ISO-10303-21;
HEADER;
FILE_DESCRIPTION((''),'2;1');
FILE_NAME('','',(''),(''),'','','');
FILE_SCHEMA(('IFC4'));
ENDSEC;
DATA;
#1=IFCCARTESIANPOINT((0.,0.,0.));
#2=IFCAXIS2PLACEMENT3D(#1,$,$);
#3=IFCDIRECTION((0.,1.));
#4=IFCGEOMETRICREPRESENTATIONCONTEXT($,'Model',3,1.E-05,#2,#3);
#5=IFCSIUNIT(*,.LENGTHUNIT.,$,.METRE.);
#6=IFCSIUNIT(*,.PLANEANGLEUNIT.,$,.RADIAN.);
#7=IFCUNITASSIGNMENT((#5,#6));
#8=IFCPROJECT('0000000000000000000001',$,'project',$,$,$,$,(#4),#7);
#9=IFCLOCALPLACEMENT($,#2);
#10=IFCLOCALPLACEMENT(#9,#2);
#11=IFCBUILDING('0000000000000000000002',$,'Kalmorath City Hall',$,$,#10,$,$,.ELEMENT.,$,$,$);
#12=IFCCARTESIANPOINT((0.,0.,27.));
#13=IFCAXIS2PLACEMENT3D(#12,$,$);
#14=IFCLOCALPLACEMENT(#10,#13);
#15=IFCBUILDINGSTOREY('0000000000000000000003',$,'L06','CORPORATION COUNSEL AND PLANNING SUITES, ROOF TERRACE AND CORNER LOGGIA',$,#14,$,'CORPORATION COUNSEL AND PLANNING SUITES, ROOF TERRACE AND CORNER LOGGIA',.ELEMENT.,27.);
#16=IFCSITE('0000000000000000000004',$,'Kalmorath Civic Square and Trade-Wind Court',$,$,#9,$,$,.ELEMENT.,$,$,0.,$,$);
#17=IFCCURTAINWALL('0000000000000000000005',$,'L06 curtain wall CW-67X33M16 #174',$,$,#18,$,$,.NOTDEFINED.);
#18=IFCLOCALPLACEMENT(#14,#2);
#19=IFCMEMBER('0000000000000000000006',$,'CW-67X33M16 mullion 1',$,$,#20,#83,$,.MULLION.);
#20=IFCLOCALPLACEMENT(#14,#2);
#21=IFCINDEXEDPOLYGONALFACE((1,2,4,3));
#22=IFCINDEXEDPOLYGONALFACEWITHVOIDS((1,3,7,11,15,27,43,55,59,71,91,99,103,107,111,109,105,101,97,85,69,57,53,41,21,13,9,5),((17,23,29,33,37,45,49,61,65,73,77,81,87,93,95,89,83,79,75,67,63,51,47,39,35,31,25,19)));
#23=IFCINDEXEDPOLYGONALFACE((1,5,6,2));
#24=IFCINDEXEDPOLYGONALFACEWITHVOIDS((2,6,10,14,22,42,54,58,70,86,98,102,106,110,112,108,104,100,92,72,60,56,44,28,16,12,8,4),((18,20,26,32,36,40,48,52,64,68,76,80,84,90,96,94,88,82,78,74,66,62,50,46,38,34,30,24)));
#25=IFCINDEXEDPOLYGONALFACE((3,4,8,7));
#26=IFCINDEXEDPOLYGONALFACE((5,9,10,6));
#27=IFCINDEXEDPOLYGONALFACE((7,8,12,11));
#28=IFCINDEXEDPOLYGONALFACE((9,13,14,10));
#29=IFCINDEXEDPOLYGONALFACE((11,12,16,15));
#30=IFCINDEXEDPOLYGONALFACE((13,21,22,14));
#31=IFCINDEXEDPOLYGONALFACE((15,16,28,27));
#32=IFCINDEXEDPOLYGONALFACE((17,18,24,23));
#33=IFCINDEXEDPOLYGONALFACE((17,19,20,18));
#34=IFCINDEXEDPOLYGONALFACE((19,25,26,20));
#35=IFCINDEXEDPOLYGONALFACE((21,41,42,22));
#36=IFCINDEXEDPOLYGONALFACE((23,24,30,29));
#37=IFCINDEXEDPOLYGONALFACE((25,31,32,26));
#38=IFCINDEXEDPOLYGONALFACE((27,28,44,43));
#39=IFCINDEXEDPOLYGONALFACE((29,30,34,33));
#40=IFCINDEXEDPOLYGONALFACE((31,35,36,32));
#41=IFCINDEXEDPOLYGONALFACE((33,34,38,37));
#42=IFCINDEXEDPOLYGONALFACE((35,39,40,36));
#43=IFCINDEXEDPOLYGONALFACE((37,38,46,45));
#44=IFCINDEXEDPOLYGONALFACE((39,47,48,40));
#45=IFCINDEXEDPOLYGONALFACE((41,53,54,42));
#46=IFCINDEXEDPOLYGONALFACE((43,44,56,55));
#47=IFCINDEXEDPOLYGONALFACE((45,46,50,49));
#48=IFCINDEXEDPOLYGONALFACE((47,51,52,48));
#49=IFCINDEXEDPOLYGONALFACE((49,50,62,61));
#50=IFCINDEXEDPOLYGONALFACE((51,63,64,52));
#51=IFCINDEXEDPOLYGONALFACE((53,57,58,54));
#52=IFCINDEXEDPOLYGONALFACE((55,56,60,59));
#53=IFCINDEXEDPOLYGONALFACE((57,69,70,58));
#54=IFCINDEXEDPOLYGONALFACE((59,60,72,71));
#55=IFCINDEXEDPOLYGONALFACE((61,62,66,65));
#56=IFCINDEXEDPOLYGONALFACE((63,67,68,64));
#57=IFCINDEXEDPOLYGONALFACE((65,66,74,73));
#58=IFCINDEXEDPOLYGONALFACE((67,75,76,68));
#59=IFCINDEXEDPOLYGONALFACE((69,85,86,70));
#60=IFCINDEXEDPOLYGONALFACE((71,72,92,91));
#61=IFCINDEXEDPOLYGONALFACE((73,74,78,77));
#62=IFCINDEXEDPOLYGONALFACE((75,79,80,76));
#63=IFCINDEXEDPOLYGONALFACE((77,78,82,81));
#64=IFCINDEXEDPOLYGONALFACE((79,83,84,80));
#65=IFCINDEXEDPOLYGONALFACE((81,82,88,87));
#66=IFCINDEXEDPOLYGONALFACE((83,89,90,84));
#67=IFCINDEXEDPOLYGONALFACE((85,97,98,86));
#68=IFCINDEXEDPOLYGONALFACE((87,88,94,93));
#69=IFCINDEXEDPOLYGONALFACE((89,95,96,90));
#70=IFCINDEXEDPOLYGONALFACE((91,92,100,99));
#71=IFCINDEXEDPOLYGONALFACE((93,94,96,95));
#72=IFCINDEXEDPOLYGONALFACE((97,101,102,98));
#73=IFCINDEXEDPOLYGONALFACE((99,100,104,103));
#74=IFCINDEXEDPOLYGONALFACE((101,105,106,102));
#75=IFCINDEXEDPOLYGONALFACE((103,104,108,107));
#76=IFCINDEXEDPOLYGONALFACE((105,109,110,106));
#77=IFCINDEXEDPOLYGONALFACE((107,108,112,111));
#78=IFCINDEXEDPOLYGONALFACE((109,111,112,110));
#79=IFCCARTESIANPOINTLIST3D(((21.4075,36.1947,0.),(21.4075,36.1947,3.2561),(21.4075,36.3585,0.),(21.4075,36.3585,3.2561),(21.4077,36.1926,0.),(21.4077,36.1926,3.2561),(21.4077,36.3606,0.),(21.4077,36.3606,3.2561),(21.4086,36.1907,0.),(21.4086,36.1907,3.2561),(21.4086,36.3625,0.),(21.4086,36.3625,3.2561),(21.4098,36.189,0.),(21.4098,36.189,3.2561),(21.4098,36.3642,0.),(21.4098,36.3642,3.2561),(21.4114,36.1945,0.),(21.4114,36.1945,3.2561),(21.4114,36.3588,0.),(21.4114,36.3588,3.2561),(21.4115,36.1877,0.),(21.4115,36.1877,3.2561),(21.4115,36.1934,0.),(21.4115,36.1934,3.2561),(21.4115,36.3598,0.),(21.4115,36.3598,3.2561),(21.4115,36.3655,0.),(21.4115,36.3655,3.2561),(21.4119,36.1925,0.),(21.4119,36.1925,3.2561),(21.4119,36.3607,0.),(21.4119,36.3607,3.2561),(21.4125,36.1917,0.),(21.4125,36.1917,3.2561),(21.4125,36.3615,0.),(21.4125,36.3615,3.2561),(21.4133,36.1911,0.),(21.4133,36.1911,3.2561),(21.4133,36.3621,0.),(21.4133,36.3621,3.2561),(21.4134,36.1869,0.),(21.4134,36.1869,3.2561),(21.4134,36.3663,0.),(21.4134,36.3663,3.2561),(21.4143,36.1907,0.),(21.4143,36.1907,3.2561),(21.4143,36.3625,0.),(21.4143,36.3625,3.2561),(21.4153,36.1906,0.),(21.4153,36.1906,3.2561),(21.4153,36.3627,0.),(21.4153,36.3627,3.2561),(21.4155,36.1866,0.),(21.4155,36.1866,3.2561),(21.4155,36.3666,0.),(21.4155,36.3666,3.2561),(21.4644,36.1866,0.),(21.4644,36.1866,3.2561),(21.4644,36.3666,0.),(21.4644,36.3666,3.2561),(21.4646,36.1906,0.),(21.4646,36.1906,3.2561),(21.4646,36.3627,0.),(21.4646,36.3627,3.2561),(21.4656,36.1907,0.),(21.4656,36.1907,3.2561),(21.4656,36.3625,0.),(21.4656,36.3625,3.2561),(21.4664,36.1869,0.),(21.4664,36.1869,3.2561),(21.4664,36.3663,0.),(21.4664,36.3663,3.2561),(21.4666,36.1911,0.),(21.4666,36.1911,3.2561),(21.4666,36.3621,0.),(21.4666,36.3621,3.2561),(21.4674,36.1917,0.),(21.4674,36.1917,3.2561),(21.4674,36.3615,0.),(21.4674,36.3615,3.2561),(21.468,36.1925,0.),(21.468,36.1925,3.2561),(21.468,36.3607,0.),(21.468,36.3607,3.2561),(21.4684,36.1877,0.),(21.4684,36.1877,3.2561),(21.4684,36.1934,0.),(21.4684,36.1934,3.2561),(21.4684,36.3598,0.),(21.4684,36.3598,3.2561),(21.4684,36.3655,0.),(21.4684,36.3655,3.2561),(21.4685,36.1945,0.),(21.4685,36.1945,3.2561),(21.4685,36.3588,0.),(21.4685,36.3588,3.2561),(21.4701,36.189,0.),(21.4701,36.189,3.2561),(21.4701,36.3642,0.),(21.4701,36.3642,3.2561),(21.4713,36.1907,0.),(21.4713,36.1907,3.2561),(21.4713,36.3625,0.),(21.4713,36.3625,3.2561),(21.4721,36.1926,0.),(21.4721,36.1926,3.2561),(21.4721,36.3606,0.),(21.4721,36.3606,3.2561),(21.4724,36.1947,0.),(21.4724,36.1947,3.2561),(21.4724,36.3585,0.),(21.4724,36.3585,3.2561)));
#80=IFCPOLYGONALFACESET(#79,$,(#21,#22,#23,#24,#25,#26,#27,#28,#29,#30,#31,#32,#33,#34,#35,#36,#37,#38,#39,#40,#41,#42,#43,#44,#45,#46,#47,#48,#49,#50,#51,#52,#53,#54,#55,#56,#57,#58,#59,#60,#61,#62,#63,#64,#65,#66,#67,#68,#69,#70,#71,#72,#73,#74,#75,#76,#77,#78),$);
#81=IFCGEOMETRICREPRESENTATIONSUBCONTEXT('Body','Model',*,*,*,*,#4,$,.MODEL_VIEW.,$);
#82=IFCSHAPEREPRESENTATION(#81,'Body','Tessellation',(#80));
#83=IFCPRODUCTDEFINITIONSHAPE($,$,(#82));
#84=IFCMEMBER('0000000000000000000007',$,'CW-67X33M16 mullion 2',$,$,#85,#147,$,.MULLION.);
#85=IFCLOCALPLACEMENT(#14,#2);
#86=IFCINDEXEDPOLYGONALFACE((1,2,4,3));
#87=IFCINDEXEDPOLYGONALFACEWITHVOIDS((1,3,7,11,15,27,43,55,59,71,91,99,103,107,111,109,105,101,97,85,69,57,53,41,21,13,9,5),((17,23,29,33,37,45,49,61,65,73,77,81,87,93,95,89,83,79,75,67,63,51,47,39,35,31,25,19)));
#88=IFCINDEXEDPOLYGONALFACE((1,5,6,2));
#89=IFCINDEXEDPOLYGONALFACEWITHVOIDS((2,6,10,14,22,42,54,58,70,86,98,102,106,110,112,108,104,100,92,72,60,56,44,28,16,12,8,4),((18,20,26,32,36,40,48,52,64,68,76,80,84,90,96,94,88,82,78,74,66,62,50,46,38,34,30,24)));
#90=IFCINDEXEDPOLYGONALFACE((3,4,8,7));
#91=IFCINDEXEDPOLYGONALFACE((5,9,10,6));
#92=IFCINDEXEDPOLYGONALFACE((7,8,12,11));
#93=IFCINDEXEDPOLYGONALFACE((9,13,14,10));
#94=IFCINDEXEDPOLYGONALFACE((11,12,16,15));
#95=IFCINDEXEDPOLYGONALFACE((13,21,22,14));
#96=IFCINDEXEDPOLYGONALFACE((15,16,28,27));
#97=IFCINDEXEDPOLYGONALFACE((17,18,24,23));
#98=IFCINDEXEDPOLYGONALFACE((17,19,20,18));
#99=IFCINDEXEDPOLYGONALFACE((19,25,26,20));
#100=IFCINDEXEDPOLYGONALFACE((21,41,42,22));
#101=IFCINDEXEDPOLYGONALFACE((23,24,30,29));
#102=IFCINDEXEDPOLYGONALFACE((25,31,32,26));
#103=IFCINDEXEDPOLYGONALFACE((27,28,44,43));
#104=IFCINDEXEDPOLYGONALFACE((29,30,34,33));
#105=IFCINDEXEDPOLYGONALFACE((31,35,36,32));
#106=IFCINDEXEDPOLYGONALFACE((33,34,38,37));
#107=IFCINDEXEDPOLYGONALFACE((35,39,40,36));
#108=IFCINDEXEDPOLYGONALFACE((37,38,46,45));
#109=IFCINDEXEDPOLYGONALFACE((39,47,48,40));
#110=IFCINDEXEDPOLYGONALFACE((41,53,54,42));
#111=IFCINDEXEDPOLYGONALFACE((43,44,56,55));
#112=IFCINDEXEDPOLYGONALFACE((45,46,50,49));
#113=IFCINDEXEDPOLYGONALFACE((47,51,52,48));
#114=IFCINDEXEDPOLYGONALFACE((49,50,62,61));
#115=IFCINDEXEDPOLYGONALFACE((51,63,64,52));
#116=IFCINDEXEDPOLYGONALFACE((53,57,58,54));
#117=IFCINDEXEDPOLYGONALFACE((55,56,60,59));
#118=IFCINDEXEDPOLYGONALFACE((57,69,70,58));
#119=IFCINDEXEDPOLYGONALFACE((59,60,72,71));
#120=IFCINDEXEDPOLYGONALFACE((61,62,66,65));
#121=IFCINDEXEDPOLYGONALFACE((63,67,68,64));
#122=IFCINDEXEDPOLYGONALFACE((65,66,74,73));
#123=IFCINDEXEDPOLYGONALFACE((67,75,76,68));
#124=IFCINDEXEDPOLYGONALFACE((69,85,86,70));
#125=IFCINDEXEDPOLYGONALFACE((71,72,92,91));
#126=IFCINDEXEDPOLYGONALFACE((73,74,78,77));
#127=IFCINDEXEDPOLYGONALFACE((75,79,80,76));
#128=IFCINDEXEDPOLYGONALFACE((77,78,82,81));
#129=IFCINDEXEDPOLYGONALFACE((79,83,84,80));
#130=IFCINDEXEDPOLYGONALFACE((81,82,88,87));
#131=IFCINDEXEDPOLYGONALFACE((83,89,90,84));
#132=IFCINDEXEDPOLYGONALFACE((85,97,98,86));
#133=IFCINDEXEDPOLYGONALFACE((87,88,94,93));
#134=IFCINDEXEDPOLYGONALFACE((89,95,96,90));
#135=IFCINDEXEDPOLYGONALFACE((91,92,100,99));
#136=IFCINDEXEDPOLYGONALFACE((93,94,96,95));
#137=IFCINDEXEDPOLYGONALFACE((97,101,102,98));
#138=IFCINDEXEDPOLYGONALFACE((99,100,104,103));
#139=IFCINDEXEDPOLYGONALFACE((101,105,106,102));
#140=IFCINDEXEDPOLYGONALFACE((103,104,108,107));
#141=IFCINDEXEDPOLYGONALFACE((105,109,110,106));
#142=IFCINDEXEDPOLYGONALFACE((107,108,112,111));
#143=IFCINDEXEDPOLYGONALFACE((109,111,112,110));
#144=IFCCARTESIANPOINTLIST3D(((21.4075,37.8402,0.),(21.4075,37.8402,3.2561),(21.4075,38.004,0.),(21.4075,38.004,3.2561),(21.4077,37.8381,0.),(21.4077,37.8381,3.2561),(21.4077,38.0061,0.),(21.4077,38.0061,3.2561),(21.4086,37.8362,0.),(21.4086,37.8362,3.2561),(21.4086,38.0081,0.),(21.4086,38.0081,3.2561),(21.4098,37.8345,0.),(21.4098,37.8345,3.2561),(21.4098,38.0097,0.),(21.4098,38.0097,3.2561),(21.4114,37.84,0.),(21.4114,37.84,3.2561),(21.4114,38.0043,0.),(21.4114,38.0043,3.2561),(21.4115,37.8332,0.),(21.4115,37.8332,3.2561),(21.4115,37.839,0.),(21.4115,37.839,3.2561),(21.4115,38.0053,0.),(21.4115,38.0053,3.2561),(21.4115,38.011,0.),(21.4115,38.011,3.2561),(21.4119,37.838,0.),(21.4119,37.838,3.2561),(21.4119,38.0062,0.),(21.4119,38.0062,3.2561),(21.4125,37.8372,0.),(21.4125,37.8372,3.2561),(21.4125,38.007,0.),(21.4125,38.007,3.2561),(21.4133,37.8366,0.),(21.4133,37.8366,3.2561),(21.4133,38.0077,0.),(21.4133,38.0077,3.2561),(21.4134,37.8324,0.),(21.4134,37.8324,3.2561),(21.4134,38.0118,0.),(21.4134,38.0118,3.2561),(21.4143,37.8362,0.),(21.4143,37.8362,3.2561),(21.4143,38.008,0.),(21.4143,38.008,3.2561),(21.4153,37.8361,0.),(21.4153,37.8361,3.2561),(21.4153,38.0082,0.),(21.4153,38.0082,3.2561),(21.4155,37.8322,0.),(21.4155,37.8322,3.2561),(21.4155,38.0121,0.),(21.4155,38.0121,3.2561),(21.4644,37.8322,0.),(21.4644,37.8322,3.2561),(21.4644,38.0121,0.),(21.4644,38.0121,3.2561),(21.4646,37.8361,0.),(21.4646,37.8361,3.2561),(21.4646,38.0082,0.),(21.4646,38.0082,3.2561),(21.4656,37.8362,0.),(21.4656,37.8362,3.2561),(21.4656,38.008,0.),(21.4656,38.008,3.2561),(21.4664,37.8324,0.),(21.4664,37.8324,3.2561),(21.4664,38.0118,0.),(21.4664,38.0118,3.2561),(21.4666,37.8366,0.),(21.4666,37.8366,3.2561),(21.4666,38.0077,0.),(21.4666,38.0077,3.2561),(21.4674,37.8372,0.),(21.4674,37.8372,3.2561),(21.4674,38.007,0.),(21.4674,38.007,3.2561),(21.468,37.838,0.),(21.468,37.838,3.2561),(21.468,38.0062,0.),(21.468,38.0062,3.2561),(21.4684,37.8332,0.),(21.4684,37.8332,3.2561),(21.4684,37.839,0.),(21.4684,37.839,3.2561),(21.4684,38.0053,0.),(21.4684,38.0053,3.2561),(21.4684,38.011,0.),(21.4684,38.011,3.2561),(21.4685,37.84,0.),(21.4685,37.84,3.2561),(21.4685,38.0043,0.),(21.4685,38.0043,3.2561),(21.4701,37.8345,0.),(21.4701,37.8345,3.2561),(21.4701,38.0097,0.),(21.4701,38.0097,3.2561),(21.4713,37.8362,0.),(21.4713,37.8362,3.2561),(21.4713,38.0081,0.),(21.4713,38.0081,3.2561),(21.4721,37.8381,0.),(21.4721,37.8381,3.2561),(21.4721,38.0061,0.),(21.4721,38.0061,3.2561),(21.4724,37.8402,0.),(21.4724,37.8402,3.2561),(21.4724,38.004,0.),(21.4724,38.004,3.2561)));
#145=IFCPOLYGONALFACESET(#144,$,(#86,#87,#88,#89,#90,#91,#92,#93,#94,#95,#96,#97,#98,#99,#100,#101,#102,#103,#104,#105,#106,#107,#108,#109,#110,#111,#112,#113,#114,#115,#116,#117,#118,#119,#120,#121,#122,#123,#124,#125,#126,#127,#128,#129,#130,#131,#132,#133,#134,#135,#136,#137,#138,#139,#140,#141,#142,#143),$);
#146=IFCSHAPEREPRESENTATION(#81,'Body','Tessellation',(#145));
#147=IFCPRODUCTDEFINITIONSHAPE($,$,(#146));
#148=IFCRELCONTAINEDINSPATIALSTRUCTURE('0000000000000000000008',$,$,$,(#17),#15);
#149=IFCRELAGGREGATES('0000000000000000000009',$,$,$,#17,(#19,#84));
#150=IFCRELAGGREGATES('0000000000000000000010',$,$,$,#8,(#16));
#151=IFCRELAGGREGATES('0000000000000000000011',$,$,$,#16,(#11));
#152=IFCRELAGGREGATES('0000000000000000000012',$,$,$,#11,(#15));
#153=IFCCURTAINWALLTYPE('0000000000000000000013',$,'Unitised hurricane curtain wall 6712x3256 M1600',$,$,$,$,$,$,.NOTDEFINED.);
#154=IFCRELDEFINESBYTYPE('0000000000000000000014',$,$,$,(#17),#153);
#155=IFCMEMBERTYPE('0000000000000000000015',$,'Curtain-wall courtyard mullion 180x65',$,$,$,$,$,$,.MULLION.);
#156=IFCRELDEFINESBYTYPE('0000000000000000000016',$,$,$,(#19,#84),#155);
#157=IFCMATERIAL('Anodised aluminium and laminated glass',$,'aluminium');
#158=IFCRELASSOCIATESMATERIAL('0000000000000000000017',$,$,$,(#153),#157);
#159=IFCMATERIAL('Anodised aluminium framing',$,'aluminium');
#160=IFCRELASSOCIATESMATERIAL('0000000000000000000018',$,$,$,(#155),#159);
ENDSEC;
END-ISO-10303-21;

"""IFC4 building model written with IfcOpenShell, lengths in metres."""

from ifc_helpers import new_model, si_unit, direction, frame, origin, origin_2d, place, context, subcontext, project, spatial, hollow_rectangle, extrude, material, material_profile, profile_set, type_object, element, aggregate, save


model = new_model("IFC4")

# Units and contexts
model_context = context("Model", 3, precision=1e-05, world=origin(), true_north=direction((0.0, 1.0)))
body_context = subcontext(model_context, "Body", "Model", "MODEL_VIEW")
ifc_project = project(units=[si_unit("LENGTHUNIT", "METRE"), si_unit("PLANEANGLEUNIT", "RADIAN")], contexts=[model_context])

# Site, building, storey
site_placement = place(None, origin())
site = spatial("IfcSite", under=ifc_project, at=site_placement, Name="Kalmorath Civic Square and Trade-Wind Court", CompositionType="ELEMENT", RefElevation=0.0)
building_placement = place(site_placement, origin())
building = spatial("IfcBuilding", under=site, at=building_placement, Name="Kalmorath City Hall", CompositionType="ELEMENT")
storey_placement = place(building_placement, frame((0.0, 0.0, 27.0)))
storey = spatial("IfcBuildingStorey", under=building, at=storey_placement, Name="L06", Description="CORPORATION COUNSEL AND PLANNING SUITES, ROOF TERRACE AND CORNER LOGGIA", LongName="CORPORATION COUNSEL AND PLANNING SUITES, ROOF TERRACE AND CORNER LOGGIA", CompositionType="ELEMENT", Elevation=27.0)

# Curtain wall, members
ifc_material_1 = material(Name="Anodised aluminium and laminated glass", Category="aluminium")
curtain_wall_type = type_object("IfcCurtainWallType", Name="Unitised hurricane curtain wall 6712x3256 M1600", PredefinedType="NOTDEFINED", material=ifc_material_1)
curtain_wall_placement = place(storey_placement, origin())
curtain_wall = element("IfcCurtainWall", 1, at=curtain_wall_placement, inside=storey, type_object=curtain_wall_type, Name="L06 curtain wall CW-67X33M16 #174", PredefinedType="NOTDEFINED")
ifc_material_2 = material(Name="Anodised aluminium framing", Category="aluminium")
ifc_material_profile_1 = material_profile(ifc_material_2, hollow_rectangle(XDim=0.0649, YDim=0.1799, WallThickness=0.0039, InnerFilletRadius=0.0039, OuterFilletRadius=0.0081, at=origin_2d()), Name="ALU-MUL-180X65X4")
ifc_profile_set_1 = profile_set([ifc_material_profile_1], Name="Anodised aluminium framing")
member_type_1 = type_object("IfcMemberType", Name="Curtain-wall courtyard mullion 180x65", PredefinedType="MULLION", material=ifc_profile_set_1)
member_1_placement = place(storey_placement, frame((21.4399, 36.2766, 0.0), z_axis=(0.0, 0.0, 1.0), x_axis=(-1.0, 0.0, 0.0)))
member_1 = element("IfcMember", 2, at=member_1_placement, type_object=member_type_1, Name="CW-67X33M16 mullion 1", PredefinedType="MULLION", context=body_context, shape_type="SweptSolid", body=[
    extrude(hollow_rectangle(XDim=0.0649, YDim=0.1799, WallThickness=0.0039, InnerFilletRadius=0.0039, OuterFilletRadius=0.0081, at=origin_2d()), origin(), (0.0, 0.0, 1.0), 3.2561),
])
member_2_placement = place(storey_placement, frame((21.4399, 37.9221, 0.0), z_axis=(0.0, 0.0, 1.0), x_axis=(-1.0, 0.0, 0.0)))
member_2 = element("IfcMember", 3, at=member_2_placement, type_object=member_type_1, Name="CW-67X33M16 mullion 2", PredefinedType="MULLION", context=body_context, shape_type="SweptSolid", body=[
    extrude(hollow_rectangle(XDim=0.0649, YDim=0.1799, WallThickness=0.0039, InnerFilletRadius=0.0039, OuterFilletRadius=0.0081, at=origin_2d()), origin(), (0.0, 0.0, 1.0), 3.2561),
])

aggregate(curtain_wall, [member_1, member_2])

save(model, "model.ifc")
